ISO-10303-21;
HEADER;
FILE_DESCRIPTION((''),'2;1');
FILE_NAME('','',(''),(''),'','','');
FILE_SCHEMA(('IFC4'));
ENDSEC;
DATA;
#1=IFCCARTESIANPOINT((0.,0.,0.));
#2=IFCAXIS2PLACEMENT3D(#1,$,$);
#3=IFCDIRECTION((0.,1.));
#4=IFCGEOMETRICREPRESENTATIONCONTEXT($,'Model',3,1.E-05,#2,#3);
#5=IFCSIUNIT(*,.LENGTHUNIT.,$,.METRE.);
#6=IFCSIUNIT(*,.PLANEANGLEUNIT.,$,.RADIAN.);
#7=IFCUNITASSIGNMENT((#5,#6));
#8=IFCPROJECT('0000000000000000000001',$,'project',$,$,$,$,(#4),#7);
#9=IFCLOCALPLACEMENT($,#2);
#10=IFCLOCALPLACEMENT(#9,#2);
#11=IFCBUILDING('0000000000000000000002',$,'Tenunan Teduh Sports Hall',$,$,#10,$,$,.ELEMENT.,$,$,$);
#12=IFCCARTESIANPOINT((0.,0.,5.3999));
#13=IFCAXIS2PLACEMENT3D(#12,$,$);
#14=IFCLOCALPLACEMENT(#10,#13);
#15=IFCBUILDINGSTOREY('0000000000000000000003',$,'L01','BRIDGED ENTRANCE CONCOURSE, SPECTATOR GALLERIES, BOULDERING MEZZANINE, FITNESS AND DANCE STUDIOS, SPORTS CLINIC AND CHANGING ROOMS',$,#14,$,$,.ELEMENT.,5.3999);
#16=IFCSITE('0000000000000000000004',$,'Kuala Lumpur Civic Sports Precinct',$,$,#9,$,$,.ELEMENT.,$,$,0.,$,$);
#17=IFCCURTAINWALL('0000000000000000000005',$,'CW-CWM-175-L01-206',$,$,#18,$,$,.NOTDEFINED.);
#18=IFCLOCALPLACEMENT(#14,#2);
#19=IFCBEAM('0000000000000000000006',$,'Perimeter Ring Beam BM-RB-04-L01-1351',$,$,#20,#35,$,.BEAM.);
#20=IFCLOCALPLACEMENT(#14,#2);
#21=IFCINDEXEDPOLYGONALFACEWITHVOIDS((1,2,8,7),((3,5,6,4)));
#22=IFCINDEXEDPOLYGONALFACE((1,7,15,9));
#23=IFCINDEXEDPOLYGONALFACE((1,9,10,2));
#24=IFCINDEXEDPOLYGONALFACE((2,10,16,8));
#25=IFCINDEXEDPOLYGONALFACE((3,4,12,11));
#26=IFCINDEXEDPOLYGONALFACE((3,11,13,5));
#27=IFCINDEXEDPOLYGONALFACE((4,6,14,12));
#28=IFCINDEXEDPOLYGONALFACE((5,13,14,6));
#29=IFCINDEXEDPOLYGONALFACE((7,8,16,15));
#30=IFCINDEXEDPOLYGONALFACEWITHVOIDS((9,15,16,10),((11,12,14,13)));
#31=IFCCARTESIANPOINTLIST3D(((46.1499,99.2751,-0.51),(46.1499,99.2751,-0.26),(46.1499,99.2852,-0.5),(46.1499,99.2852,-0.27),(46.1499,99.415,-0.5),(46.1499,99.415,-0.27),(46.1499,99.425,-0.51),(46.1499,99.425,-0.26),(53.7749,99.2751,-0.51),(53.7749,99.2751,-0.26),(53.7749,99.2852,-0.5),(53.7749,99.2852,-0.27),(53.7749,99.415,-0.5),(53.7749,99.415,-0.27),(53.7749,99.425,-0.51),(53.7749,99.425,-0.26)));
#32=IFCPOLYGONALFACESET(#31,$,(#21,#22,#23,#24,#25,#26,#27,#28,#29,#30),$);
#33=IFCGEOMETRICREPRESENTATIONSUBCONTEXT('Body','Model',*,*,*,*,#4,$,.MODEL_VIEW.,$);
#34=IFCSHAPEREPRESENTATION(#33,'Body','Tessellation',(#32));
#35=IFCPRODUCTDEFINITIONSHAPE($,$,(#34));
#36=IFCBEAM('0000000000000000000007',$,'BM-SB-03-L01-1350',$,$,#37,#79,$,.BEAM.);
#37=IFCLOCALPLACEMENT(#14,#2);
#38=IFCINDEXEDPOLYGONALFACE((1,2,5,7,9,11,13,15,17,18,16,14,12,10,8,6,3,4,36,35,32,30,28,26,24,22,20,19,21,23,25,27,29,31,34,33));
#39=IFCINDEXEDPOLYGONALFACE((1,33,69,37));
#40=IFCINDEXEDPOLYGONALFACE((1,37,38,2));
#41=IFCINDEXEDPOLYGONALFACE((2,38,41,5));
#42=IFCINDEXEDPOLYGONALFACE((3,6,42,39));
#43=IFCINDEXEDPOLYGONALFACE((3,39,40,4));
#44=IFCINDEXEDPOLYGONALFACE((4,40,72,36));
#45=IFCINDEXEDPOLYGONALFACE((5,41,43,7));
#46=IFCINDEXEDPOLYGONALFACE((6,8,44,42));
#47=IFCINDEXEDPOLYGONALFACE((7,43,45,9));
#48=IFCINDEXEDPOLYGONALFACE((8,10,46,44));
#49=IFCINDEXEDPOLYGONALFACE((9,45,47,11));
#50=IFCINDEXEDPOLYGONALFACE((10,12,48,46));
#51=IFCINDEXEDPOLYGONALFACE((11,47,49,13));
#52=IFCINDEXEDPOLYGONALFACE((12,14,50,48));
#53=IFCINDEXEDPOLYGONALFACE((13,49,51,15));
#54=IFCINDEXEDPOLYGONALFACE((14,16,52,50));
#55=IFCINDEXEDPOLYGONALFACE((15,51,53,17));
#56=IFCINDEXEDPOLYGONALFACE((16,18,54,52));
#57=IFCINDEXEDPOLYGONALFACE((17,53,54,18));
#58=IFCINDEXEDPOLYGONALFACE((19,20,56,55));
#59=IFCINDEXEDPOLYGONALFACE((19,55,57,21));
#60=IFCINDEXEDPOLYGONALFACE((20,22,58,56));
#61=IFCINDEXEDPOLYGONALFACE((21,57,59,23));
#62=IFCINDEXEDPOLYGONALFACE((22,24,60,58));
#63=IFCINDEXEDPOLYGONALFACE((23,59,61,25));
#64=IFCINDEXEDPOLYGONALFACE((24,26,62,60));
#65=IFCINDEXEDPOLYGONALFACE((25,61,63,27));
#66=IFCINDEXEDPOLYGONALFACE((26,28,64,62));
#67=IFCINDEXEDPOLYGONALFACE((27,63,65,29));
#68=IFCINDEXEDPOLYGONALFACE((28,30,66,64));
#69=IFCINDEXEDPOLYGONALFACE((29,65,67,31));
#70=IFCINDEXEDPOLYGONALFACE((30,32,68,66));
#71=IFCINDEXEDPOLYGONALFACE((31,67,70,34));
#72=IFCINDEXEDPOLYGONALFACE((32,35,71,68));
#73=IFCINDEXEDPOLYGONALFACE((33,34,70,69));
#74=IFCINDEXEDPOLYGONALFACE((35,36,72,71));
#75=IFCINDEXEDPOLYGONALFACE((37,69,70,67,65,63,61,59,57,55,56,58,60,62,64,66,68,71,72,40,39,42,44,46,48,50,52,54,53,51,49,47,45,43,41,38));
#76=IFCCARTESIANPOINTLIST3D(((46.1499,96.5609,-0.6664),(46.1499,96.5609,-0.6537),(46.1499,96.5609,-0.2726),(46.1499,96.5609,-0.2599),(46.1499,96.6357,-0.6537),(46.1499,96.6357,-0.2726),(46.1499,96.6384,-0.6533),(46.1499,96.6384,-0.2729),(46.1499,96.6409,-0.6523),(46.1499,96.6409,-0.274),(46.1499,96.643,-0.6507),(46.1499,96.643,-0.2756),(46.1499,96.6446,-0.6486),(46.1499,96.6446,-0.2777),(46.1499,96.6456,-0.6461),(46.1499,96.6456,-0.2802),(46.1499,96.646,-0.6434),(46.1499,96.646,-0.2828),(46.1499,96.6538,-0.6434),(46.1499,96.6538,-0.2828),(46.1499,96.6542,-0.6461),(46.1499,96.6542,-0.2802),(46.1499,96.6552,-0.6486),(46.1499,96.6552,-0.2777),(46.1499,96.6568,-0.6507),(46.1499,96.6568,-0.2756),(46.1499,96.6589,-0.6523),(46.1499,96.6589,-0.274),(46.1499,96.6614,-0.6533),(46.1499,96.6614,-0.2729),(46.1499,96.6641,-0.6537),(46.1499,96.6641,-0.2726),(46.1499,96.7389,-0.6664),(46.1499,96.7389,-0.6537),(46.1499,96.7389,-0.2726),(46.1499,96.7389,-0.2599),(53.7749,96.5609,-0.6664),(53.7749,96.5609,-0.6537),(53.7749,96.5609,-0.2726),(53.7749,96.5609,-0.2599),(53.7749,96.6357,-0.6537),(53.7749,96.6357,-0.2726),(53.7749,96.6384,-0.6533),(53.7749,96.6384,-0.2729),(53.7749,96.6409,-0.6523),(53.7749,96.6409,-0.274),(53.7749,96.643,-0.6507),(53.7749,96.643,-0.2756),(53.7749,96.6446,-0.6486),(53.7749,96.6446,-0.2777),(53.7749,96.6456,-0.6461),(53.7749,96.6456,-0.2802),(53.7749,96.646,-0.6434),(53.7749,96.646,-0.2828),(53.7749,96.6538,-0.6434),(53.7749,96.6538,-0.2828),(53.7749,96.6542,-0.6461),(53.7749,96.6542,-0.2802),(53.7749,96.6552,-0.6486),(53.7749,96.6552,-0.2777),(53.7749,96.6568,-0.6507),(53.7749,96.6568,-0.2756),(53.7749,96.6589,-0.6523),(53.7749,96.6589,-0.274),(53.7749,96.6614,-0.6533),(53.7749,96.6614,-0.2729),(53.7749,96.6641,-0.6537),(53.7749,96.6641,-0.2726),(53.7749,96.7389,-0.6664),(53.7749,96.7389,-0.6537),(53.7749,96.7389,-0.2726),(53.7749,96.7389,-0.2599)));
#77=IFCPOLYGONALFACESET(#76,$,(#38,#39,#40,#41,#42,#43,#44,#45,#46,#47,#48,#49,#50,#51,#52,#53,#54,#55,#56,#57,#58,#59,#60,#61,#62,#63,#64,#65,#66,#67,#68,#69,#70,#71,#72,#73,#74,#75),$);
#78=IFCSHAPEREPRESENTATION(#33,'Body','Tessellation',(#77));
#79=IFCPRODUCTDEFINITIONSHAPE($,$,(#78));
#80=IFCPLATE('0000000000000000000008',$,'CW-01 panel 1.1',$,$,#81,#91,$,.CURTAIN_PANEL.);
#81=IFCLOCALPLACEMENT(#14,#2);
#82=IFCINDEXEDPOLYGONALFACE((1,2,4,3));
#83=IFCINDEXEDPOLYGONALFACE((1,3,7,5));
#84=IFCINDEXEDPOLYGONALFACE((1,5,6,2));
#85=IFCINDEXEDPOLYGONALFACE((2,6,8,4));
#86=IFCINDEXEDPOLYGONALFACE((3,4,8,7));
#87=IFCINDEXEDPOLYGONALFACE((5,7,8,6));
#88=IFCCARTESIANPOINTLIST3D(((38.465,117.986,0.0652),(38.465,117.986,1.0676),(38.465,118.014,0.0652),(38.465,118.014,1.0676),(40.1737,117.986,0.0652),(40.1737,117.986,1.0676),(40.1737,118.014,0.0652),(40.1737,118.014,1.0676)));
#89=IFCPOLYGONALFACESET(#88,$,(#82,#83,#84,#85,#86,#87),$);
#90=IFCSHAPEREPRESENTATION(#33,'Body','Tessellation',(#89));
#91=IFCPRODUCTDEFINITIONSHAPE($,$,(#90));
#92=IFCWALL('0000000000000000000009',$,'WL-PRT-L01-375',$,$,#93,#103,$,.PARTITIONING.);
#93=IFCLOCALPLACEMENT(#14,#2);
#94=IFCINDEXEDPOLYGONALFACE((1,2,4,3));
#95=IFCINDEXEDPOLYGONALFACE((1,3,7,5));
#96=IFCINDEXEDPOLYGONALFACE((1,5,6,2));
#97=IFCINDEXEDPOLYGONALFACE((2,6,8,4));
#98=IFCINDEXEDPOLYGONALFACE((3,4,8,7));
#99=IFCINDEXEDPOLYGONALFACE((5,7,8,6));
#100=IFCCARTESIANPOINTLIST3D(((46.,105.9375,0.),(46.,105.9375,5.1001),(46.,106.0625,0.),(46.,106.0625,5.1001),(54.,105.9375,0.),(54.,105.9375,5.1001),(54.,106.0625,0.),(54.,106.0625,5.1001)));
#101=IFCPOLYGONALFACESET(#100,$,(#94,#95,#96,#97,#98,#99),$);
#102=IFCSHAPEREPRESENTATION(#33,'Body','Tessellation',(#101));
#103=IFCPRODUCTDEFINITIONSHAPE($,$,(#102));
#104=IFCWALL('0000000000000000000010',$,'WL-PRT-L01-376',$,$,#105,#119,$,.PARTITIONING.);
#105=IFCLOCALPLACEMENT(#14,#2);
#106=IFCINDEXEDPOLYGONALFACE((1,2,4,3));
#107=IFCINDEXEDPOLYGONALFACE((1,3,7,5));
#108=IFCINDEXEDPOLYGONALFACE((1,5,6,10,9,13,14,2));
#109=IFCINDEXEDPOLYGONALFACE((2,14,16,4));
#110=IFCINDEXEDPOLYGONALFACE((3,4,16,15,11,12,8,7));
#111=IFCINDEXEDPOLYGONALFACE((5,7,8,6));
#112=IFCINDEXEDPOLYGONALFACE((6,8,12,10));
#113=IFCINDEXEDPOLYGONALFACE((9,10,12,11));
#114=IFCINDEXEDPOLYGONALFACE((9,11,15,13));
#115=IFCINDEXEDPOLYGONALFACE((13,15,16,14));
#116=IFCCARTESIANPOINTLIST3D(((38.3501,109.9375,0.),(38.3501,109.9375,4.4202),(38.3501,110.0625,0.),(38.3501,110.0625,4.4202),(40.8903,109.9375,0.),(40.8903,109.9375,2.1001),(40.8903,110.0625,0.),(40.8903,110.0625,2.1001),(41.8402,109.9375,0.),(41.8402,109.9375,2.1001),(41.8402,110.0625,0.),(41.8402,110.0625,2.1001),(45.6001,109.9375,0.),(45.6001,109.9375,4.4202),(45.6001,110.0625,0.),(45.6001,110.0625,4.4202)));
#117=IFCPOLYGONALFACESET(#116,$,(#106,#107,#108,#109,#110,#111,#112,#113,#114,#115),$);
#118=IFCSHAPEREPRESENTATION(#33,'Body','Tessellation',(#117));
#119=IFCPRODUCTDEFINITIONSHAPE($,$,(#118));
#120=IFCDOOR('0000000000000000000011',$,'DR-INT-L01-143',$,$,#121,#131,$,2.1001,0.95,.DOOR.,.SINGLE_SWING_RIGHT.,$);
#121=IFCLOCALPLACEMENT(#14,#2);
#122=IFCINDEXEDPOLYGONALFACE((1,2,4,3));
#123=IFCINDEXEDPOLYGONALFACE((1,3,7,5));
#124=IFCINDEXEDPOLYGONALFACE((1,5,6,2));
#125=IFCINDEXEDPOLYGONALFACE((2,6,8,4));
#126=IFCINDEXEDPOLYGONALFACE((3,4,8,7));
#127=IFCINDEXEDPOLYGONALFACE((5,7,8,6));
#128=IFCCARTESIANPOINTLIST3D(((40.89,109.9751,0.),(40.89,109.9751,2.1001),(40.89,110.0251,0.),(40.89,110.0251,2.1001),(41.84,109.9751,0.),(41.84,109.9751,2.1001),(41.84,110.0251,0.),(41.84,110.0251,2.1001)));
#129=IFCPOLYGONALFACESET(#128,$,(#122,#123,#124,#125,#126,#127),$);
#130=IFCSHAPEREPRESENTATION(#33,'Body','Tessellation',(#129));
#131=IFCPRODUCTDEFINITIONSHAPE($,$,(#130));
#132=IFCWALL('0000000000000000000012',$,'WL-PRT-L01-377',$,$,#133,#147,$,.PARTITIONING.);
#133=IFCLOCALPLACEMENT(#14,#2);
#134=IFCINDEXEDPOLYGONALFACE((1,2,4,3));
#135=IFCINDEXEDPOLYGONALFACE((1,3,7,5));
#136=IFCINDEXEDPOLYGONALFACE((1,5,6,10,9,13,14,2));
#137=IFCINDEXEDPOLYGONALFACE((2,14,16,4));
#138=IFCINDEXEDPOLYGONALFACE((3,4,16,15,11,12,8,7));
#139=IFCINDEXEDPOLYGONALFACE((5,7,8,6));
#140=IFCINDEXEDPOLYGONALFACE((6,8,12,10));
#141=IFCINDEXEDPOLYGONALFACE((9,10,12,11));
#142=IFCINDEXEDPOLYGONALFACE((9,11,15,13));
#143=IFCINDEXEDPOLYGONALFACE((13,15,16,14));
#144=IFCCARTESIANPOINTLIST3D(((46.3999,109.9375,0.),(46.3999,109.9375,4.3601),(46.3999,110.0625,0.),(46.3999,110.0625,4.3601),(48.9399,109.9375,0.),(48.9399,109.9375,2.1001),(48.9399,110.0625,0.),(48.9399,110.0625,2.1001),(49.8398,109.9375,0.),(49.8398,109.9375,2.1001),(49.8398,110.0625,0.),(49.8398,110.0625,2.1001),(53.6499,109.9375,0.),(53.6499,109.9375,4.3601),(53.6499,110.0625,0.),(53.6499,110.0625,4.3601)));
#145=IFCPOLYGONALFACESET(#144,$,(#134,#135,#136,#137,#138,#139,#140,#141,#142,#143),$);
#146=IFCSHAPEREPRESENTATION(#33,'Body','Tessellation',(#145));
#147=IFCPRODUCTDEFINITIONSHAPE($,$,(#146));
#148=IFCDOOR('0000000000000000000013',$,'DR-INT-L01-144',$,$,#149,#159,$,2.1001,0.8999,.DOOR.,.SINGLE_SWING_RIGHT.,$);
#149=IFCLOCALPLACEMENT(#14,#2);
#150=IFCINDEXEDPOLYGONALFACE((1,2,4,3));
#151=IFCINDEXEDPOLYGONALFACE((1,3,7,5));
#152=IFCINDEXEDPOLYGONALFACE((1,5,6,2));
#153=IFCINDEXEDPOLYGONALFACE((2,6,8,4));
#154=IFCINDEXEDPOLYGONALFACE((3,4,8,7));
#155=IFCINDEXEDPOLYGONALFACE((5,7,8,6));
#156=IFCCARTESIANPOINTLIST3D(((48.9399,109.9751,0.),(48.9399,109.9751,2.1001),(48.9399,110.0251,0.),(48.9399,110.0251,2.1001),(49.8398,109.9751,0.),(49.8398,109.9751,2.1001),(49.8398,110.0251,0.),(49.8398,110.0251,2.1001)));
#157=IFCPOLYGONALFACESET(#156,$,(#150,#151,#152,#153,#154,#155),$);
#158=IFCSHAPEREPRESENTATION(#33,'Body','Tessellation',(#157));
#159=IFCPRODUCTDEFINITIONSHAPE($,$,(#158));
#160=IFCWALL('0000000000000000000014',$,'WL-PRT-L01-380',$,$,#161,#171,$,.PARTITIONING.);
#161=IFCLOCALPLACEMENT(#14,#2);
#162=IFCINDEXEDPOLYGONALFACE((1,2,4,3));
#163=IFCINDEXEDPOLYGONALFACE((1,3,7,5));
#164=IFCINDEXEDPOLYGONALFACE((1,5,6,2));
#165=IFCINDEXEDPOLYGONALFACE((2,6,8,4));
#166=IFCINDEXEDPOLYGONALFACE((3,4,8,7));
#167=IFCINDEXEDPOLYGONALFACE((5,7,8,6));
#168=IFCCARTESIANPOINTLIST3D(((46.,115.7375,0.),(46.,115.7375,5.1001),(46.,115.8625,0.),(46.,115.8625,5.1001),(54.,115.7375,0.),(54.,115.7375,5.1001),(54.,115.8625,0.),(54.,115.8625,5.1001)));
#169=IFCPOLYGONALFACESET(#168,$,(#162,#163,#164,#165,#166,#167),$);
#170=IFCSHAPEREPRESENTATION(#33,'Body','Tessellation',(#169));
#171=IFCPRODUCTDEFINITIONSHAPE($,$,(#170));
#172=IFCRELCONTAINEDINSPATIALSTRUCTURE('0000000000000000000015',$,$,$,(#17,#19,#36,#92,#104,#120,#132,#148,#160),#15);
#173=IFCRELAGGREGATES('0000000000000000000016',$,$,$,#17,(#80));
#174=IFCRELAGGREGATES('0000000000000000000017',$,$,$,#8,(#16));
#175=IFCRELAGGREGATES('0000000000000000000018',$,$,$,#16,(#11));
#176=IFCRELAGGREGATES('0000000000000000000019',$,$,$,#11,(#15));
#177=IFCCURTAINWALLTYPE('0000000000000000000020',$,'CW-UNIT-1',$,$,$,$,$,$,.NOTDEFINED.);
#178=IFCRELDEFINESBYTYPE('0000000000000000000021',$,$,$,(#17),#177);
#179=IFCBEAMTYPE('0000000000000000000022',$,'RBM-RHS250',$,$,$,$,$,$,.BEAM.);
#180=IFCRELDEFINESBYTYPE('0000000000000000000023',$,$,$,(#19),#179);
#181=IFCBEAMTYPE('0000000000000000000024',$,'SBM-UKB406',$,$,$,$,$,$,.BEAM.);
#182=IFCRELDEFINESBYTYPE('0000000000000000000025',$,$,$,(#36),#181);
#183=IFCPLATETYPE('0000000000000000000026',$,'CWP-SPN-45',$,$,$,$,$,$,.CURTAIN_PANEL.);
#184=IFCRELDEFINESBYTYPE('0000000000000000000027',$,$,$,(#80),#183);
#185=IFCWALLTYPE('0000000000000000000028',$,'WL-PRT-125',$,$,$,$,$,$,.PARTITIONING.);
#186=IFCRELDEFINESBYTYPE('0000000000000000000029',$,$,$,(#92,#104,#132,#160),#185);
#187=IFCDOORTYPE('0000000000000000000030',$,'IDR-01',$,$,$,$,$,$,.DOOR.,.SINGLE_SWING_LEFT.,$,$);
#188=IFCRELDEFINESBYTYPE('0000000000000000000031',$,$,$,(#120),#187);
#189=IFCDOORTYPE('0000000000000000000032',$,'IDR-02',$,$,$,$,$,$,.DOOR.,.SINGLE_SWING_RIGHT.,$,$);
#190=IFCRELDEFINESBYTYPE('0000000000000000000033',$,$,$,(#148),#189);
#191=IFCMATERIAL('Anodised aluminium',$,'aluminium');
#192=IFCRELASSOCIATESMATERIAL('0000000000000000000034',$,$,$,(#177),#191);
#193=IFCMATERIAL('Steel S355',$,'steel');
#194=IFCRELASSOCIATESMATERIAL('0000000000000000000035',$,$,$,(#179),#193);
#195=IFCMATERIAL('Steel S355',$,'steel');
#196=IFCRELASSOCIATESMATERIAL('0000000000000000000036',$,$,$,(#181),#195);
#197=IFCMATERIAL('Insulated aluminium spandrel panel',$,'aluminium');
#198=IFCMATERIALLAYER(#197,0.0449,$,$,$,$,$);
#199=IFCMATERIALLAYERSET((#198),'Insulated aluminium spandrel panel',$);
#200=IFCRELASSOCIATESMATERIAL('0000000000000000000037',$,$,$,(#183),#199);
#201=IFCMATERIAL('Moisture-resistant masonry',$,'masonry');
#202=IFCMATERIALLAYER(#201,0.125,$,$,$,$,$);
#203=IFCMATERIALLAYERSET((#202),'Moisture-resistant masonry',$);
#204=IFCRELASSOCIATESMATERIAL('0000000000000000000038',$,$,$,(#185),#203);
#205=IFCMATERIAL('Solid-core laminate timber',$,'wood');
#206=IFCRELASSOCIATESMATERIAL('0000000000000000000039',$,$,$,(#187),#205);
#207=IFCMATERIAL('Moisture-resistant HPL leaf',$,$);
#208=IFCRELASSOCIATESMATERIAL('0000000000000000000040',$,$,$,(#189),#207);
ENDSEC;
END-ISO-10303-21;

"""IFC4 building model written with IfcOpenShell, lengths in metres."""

from ifc_helpers import new_model, si_unit, direction, frame, frame_2d, origin, origin_2d, place, context, subcontext, project, spatial, rectangle, hollow_rectangle, i_section, extrude, material, layer, layer_set, material_profile, profile_set, type_object, element, fill, aggregate, save


model = new_model("IFC4")

# Units and contexts
model_context = context("Model", 3, precision=1e-05, world=origin(), true_north=direction((0.0, 1.0)))
body_context = subcontext(model_context, "Body", "Model", "MODEL_VIEW")
ifc_project = project(units=[si_unit("LENGTHUNIT", "METRE"), si_unit("PLANEANGLEUNIT", "RADIAN")], contexts=[model_context])

# Site, building, storey
site_placement = place(None, origin())
site = spatial("IfcSite", under=ifc_project, at=site_placement, Name="Kuala Lumpur Civic Sports Precinct", CompositionType="ELEMENT", RefElevation=0.0)
building_placement = place(site_placement, origin())
building = spatial("IfcBuilding", under=site, at=building_placement, Name="Tenunan Teduh Sports Hall", CompositionType="ELEMENT")
storey_placement = place(building_placement, frame((0.0, 0.0, 5.3999)))
storey = spatial("IfcBuildingStorey", under=building, at=storey_placement, Name="L01", Description="BRIDGED ENTRANCE CONCOURSE, SPECTATOR GALLERIES, BOULDERING MEZZANINE, FITNESS AND DANCE STUDIOS, SPORTS CLINIC AND CHANGING ROOMS", CompositionType="ELEMENT", Elevation=5.3999)

# Curtain wall
ifc_material_1 = material(Name="Anodised aluminium", Category="aluminium")
curtain_wall_type = type_object("IfcCurtainWallType", Name="CW-UNIT-1", PredefinedType="NOTDEFINED", material=ifc_material_1)
curtain_wall_placement = place(storey_placement, origin())
curtain_wall = element("IfcCurtainWall", 1, at=curtain_wall_placement, inside=storey, type_object=curtain_wall_type, Name="CW-CWM-175-L01-206", PredefinedType="NOTDEFINED")

# Beams
ifc_material_2 = material(Name="Steel S355", Category="steel")
ifc_material_profile_1 = material_profile(ifc_material_2, hollow_rectangle(XDim=0.1499, YDim=0.25, WallThickness=0.01, at=origin_2d()), Name="RHS 250x150x10.0")
ifc_profile_set_1 = profile_set([ifc_material_profile_1], Name="Steel S355")
beam_type_1 = type_object("IfcBeamType", Name="RBM-RHS250", PredefinedType="BEAM", material=ifc_profile_set_1)
beam_1_placement = place(storey_placement, frame((46.1499, 99.3501, -0.385), z_axis=(1.0, 0.0, 0.0), x_axis=(0.0, 1.0, 0.0)))
element("IfcBeam", 2, at=beam_1_placement, inside=storey, type_object=beam_type_1, Name="Perimeter Ring Beam BM-RB-04-L01-1351", PredefinedType="BEAM", context=body_context, shape_type="SweptSolid", body=[
    extrude(hollow_rectangle(XDim=0.1499, YDim=0.25, WallThickness=0.01, at=origin_2d()), origin(), (0.0, 0.0, 1.0), 7.625),
])
ifc_material_3 = material(Name="Steel S355", Category="steel")
ifc_material_profile_2 = material_profile(ifc_material_3, i_section(OverallWidth=0.178, OverallDepth=0.4065, WebThickness=0.0078, FlangeThickness=0.0127, FilletRadius=0.0103, at=origin_2d()), Name="UKB 406x178x60")
ifc_profile_set_2 = profile_set([ifc_material_profile_2], Name="Steel S355")
beam_type_2 = type_object("IfcBeamType", Name="SBM-UKB406", PredefinedType="BEAM", material=ifc_profile_set_2)
beam_2_placement = place(storey_placement, frame((46.1499, 96.6499, -0.4631), z_axis=(1.0, 0.0, 0.0), x_axis=(0.0, 1.0, 0.0)))
element("IfcBeam", 3, at=beam_2_placement, inside=storey, type_object=beam_type_2, Name="BM-SB-03-L01-1350", PredefinedType="BEAM", context=body_context, shape_type="SweptSolid", body=[
    extrude(i_section(OverallWidth=0.178, OverallDepth=0.4065, WebThickness=0.0078, FlangeThickness=0.0127, FilletRadius=0.0103, at=origin_2d()), origin(), (0.0, 0.0, 1.0), 7.625),
])

# Plate
ifc_material_4 = material(Name="Insulated aluminium spandrel panel", Category="aluminium")
ifc_layer_1 = layer(ifc_material_4, 0.0449)
ifc_layer_set_1 = layer_set([ifc_layer_1], Name="Insulated aluminium spandrel panel")
plate_type = type_object("IfcPlateType", Name="CWP-SPN-45", PredefinedType="CURTAIN_PANEL", material=ifc_layer_set_1)
plate_placement = place(storey_placement, frame((39.3193, 118.0, 0.0652), z_axis=(0.0, 0.0, 1.0), x_axis=(1.0, 0.0, 0.0)))
plate = element("IfcPlate", 4, at=plate_placement, type_object=plate_type, Name="CW-01 panel 1.1", PredefinedType="CURTAIN_PANEL", context=body_context, shape_type="SweptSolid", body=[
    extrude(rectangle(XDim=1.7087, YDim=0.0281, at=origin_2d()), origin(), (0.0, 0.0, 1.0), 1.0024),
])
aggregate(curtain_wall, [plate])

# Wall
ifc_material_5 = material(Name="Moisture-resistant masonry", Category="masonry")
ifc_layer_2 = layer(ifc_material_5, 0.125)
ifc_layer_set_2 = layer_set([ifc_layer_2], Name="Moisture-resistant masonry")
wall_type = type_object("IfcWallType", Name="WL-PRT-125", PredefinedType="PARTITIONING", material=ifc_layer_set_2)
wall_1_placement = place(storey_placement, frame((46.0, 106.0, 0.0), z_axis=(0.0, 0.0, 1.0), x_axis=(1.0, 0.0, 0.0)))
element("IfcWall", 5, at=wall_1_placement, inside=storey, type_object=wall_type, Name="WL-PRT-L01-375", PredefinedType="PARTITIONING", context=body_context, shape_type="SweptSolid", body=[
    extrude(rectangle(XDim=8.0, YDim=0.125, at=frame_2d((4.0, 0.0))), origin(), (0.0, 0.0, 1.0), 5.1001),
])

# Walls, openings, doors
wall_2_placement = place(storey_placement, frame((38.3501, 110.0, 0.0), z_axis=(0.0, 0.0, 1.0), x_axis=(1.0, 0.0, 0.0)))
wall_2 = element("IfcWall", 6, at=wall_2_placement, inside=storey, type_object=wall_type, Name="WL-PRT-L01-376", PredefinedType="PARTITIONING", context=body_context, shape_type="SweptSolid", body=[
    extrude(rectangle(XDim=7.25, YDim=0.125, at=frame_2d((3.625, 0.0))), origin(), (0.0, 0.0, 1.0), 4.4202),
])
opening_1_placement = place(wall_2_placement, frame((2.54, 0.0, 0.0)))
opening_1 = element("IfcOpeningElement", 7, at=opening_1_placement, cuts=wall_2, PredefinedType="OPENING", context=body_context, shape_type="SweptSolid", body=[
    extrude(rectangle(XDim=0.95, YDim=2.1001, at=frame_2d((0.4751, 1.05))), frame((0.0, 0.0725, 0.0), z_axis=(0.0, -1.0, 0.0), x_axis=(1.0, 0.0, 0.0)), (0.0, 0.0, 1.0), 0.145),
])
ifc_material_6 = material(Name="Solid-core laminate timber", Category="wood")
door_type_1 = type_object("IfcDoorType", Name="IDR-01", OperationType="SINGLE_SWING_LEFT", PredefinedType="DOOR", material=ifc_material_6)
door_1_placement = place(opening_1_placement, frame((0.95, 0.0, 0.0), z_axis=(0.0, 0.0, 1.0), x_axis=(-1.0, 0.0, 0.0)))
door_1 = element("IfcDoor", 8, at=door_1_placement, inside=storey, type_object=door_type_1, Name="DR-INT-L01-143", OperationType="SINGLE_SWING_RIGHT", OverallHeight=2.1001, OverallWidth=0.95, PredefinedType="DOOR", context=body_context, shape_type="SweptSolid", body=[
    extrude(rectangle(XDim=0.95, YDim=2.1001, at=frame_2d((0.4751, 1.05))), frame((0.0, 0.0249, 0.0), z_axis=(0.0, -1.0, 0.0), x_axis=(1.0, 0.0, 0.0)), (0.0, 0.0, 1.0), 0.05),
])
fill(opening_1, door_1)
wall_3_placement = place(storey_placement, frame((46.3999, 110.0, 0.0), z_axis=(0.0, 0.0, 1.0), x_axis=(1.0, 0.0, 0.0)))
wall_3 = element("IfcWall", 9, at=wall_3_placement, inside=storey, type_object=wall_type, Name="WL-PRT-L01-377", PredefinedType="PARTITIONING", context=body_context, shape_type="SweptSolid", body=[
    extrude(rectangle(XDim=7.25, YDim=0.125, at=frame_2d((3.625, 0.0))), origin(), (0.0, 0.0, 1.0), 4.3601),
])
opening_2_placement = place(wall_3_placement, frame((2.54, 0.0, 0.0)))
opening_2 = element("IfcOpeningElement", 10, at=opening_2_placement, cuts=wall_3, PredefinedType="OPENING", context=body_context, shape_type="SweptSolid", body=[
    extrude(rectangle(XDim=0.8999, YDim=2.1001, at=frame_2d((0.45, 1.05))), frame((0.0, 0.0725, 0.0), z_axis=(0.0, -1.0, 0.0), x_axis=(1.0, 0.0, 0.0)), (0.0, 0.0, 1.0), 0.145),
])
ifc_material_7 = material(Name="Moisture-resistant HPL leaf")
door_type_2 = type_object("IfcDoorType", Name="IDR-02", OperationType="SINGLE_SWING_RIGHT", PredefinedType="DOOR", material=ifc_material_7)
door_2_placement = place(opening_2_placement, frame((0.8999, 0.0, 0.0), z_axis=(0.0, 0.0, 1.0), x_axis=(-1.0, 0.0, 0.0)))
door_2 = element("IfcDoor", 11, at=door_2_placement, inside=storey, type_object=door_type_2, Name="DR-INT-L01-144", OperationType="SINGLE_SWING_RIGHT", OverallHeight=2.1001, OverallWidth=0.8999, PredefinedType="DOOR", context=body_context, shape_type="SweptSolid", body=[
    extrude(rectangle(XDim=0.8999, YDim=2.1001, at=frame_2d((0.45, 1.05))), frame((0.0, 0.0249, 0.0), z_axis=(0.0, -1.0, 0.0), x_axis=(1.0, 0.0, 0.0)), (0.0, 0.0, 1.0), 0.05),
])
fill(opening_2, door_2)

# Wall
wall_4_placement = place(storey_placement, frame((46.0, 115.8, 0.0), z_axis=(0.0, 0.0, 1.0), x_axis=(1.0, 0.0, 0.0)))
element("IfcWall", 12, at=wall_4_placement, inside=storey, type_object=wall_type, Name="WL-PRT-L01-380", PredefinedType="PARTITIONING", context=body_context, shape_type="SweptSolid", body=[
    extrude(rectangle(XDim=8.0, YDim=0.125, at=frame_2d((4.0, 0.0))), origin(), (0.0, 0.0, 1.0), 5.1001),
])

save(model, "model.ifc")
